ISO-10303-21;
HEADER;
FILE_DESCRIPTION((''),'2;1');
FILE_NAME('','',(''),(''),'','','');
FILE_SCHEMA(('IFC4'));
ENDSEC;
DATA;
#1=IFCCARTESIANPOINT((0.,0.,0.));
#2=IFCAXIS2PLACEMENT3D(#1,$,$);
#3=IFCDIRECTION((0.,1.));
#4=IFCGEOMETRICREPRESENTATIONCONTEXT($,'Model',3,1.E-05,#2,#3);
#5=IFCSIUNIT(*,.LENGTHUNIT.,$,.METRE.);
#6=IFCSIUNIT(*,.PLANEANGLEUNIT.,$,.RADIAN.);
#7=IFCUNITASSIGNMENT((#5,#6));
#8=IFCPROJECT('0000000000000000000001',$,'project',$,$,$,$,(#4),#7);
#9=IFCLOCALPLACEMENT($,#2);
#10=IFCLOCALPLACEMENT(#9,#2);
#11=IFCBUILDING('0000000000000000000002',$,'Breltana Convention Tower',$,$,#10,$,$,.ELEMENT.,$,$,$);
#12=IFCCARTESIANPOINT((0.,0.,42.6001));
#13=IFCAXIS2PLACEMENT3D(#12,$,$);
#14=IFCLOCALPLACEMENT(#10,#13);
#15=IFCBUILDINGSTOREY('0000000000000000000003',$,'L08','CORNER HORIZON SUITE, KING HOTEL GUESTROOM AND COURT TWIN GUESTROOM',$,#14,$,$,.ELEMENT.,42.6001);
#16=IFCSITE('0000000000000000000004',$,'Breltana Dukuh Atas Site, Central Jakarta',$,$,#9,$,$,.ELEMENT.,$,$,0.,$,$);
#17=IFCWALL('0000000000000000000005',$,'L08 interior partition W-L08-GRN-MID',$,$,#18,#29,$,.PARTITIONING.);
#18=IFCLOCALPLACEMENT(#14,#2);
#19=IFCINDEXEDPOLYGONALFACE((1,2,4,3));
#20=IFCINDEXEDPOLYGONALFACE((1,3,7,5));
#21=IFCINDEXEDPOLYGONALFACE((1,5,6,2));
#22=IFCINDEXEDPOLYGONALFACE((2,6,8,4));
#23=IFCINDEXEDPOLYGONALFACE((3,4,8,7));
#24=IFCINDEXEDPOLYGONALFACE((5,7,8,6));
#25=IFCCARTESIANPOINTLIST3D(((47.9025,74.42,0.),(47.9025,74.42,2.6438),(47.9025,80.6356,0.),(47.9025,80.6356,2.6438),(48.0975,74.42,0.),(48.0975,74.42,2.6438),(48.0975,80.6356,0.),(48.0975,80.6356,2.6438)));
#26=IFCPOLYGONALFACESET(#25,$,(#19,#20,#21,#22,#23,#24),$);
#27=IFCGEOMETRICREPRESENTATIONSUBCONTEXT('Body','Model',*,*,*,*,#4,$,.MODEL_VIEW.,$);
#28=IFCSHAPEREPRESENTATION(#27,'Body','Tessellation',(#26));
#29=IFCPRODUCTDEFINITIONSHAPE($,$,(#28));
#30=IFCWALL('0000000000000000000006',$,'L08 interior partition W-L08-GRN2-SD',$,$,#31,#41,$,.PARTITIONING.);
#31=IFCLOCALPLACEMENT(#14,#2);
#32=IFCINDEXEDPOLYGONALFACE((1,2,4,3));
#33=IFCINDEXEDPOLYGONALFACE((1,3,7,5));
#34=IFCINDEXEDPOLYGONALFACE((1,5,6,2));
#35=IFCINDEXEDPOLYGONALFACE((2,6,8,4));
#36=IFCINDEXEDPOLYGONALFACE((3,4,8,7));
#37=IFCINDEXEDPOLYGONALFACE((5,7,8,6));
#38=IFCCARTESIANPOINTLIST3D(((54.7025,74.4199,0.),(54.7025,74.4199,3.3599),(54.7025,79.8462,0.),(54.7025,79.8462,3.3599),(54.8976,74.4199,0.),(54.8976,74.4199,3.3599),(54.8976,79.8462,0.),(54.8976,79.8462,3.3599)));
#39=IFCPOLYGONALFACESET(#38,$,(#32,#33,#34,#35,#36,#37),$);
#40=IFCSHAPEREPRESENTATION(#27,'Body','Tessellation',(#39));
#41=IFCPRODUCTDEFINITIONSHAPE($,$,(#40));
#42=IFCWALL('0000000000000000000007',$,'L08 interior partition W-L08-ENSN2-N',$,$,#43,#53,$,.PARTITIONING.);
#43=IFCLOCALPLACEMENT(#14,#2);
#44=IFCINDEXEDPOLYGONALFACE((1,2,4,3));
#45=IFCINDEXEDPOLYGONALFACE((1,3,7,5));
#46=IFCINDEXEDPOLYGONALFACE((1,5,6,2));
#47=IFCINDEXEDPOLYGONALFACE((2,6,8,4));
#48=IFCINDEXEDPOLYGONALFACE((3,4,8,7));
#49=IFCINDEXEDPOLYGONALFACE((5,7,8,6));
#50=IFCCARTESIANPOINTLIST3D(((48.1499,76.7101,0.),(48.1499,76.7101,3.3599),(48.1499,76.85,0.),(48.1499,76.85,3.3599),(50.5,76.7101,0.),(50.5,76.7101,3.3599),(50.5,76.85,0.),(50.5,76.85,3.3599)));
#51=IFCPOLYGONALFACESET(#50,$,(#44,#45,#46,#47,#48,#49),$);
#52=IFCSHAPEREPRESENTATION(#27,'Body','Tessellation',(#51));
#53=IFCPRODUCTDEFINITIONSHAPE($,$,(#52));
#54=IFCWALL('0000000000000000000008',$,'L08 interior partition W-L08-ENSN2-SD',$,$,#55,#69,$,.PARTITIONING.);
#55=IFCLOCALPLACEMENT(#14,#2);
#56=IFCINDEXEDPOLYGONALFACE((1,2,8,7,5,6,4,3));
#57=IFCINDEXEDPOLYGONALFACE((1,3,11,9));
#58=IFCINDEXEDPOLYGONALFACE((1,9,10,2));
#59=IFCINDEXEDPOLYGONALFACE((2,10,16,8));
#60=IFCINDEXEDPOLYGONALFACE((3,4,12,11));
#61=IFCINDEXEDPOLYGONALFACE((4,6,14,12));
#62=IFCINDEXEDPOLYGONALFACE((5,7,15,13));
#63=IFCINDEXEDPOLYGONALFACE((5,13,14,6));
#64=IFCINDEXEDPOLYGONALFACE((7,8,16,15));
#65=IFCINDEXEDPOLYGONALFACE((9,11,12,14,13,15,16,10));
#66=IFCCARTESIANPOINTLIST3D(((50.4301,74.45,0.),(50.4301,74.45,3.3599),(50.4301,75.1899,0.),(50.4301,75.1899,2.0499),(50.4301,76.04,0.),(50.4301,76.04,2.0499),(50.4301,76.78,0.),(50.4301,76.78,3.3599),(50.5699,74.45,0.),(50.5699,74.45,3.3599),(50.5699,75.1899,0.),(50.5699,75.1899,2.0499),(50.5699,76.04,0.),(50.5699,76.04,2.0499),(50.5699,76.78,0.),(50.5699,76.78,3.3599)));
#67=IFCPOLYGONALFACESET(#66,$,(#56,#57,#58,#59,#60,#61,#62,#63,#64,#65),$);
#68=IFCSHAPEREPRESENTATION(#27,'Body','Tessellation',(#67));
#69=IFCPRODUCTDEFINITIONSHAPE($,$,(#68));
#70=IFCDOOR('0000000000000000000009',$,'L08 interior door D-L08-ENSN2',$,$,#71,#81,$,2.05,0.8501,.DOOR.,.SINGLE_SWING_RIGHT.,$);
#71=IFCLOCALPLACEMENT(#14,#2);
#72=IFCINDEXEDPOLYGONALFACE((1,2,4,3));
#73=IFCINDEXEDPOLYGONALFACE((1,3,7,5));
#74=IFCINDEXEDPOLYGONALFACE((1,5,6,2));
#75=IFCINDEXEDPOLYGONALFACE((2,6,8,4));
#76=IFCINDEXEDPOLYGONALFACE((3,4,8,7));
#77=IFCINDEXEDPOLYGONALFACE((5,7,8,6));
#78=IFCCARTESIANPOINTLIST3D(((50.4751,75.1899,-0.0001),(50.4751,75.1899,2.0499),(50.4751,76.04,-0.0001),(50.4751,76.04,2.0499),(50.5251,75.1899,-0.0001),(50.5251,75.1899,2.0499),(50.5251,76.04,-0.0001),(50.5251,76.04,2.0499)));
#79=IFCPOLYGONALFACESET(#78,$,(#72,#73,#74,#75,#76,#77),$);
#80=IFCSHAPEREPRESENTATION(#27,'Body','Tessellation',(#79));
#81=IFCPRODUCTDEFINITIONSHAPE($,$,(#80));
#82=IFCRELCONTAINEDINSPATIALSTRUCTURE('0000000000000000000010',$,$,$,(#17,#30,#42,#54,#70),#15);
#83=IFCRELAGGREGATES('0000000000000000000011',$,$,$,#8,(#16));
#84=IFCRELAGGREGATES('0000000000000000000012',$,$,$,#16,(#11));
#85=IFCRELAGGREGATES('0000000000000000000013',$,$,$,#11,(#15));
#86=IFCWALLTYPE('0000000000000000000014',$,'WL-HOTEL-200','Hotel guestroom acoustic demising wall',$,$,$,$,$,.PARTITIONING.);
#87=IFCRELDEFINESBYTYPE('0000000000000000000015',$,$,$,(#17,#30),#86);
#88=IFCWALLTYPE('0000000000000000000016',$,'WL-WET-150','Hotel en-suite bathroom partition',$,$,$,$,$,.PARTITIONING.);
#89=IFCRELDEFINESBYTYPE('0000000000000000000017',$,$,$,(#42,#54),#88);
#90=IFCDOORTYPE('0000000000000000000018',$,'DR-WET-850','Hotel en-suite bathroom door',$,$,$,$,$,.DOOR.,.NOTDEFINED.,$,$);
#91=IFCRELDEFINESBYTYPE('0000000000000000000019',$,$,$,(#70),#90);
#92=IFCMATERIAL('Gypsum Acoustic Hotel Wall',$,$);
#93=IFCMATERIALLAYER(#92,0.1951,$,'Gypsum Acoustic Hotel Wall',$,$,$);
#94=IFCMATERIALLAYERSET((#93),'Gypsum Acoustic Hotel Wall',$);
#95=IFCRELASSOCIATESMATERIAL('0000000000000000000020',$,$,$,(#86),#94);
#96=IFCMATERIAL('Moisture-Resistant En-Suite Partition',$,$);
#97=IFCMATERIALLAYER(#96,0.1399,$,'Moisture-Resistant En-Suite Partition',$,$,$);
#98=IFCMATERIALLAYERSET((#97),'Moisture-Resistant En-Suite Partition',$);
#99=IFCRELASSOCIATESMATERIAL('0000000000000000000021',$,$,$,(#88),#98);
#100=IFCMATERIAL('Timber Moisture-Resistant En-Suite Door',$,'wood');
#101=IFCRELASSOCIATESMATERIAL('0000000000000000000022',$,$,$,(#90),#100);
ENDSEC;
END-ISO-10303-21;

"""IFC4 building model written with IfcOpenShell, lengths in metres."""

from ifc_helpers import new_model, si_unit, direction, frame, frame_2d, origin, place, context, subcontext, project, spatial, rectangle, extrude, source, transform, mapped, material, layer, layer_set, type_object, type_shapes, element, fill, save


model = new_model("IFC4")

# Units and contexts
model_context = context("Model", 3, precision=1e-05, world=origin(), true_north=direction((0.0, 1.0)))
body_context = subcontext(model_context, "Body", "Model", "MODEL_VIEW")
ifc_project = project(units=[si_unit("LENGTHUNIT", "METRE"), si_unit("PLANEANGLEUNIT", "RADIAN")], contexts=[model_context])

# Site, building, storey
site_placement = place(None, origin())
site = spatial("IfcSite", under=ifc_project, at=site_placement, Name="Breltana Dukuh Atas Site, Central Jakarta", CompositionType="ELEMENT", RefElevation=0.0)
building_placement = place(site_placement, origin())
building = spatial("IfcBuilding", under=site, at=building_placement, Name="Breltana Convention Tower", CompositionType="ELEMENT")
storey_placement = place(building_placement, frame((0.0, 0.0, 42.6001)))
storey = spatial("IfcBuildingStorey", under=building, at=storey_placement, Name="L08", Description="CORNER HORIZON SUITE, KING HOTEL GUESTROOM AND COURT TWIN GUESTROOM", CompositionType="ELEMENT", Elevation=42.6001)

# Shared definitions
ifc_material_1 = material(Name="Gypsum Acoustic Hotel Wall")
ifc_layer_1 = layer(ifc_material_1, 0.1951, Name="Gypsum Acoustic Hotel Wall")
ifc_layer_set_1 = layer_set([ifc_layer_1], Name="Gypsum Acoustic Hotel Wall")
wall_type_1 = type_object("IfcWallType", Name="WL-HOTEL-200", Description="Hotel guestroom acoustic demising wall", PredefinedType="PARTITIONING", material=ifc_layer_set_1)

# Walls
shared_shape_1 = source(origin(), body_context, "Body", "SweptSolid", [
    extrude(rectangle(XDim=6.2156, YDim=0.1951, at=frame_2d((3.1079, 0.0))), origin(), (0.0, 0.0, 1.0), 2.6438),
])
wall_1_placement = place(storey_placement, frame((48.0, 74.4199, 0.0), z_axis=(0.0, 0.0, 1.0), x_axis=(0.0, 1.0, 0.0)))
element("IfcWall", 1, at=wall_1_placement, inside=storey, type_object=wall_type_1, Name="L08 interior partition W-L08-GRN-MID", PredefinedType="PARTITIONING", context=body_context, shape_type="MappedRepresentation", body=[
    mapped(shared_shape_1, transform((0.0, 0.0, 0.0), scale=1.0)),
])
shared_shape_2 = source(origin(), body_context, "Body", "SweptSolid", [
    extrude(rectangle(XDim=5.4263, YDim=0.1951, at=frame_2d((2.7131, 0.0))), origin(), (0.0, 0.0, 1.0), 3.3599),
])
wall_2_placement = place(storey_placement, frame((54.8, 74.4199, 0.0), z_axis=(0.0, 0.0, 1.0), x_axis=(0.0, 1.0, 0.0)))
element("IfcWall", 2, at=wall_2_placement, inside=storey, type_object=wall_type_1, Name="L08 interior partition W-L08-GRN2-SD", PredefinedType="PARTITIONING", context=body_context, shape_type="MappedRepresentation", body=[
    mapped(shared_shape_2, transform((0.0, 0.0, 0.0), scale=1.0)),
])
ifc_material_2 = material(Name="Moisture-Resistant En-Suite Partition")
ifc_layer_2 = layer(ifc_material_2, 0.1399, Name="Moisture-Resistant En-Suite Partition")
ifc_layer_set_2 = layer_set([ifc_layer_2], Name="Moisture-Resistant En-Suite Partition")
wall_type_2 = type_object("IfcWallType", Name="WL-WET-150", Description="Hotel en-suite bathroom partition", PredefinedType="PARTITIONING", material=ifc_layer_set_2)
shared_shape_3 = source(origin(), body_context, "Body", "SweptSolid", [
    extrude(rectangle(XDim=2.3501, YDim=0.1399, at=frame_2d((1.175, 0.0))), origin(), (0.0, 0.0, 1.0), 3.3599),
])
wall_3_placement = place(storey_placement, frame((48.1499, 76.78, 0.0), z_axis=(0.0, 0.0, 1.0), x_axis=(1.0, 0.0, 0.0)))
element("IfcWall", 3, at=wall_3_placement, inside=storey, type_object=wall_type_2, Name="L08 interior partition W-L08-ENSN2-N", PredefinedType="PARTITIONING", context=body_context, shape_type="MappedRepresentation", body=[
    mapped(shared_shape_3, transform((0.0, 0.0, 0.0), scale=1.0)),
])

# Wall, opening, door
shared_shape_4 = source(origin(), body_context, "Body", "SweptSolid", [
    extrude(rectangle(XDim=2.3301, YDim=0.1399, at=frame_2d((1.165, 0.0))), origin(), (0.0, 0.0, 1.0), 3.3599),
])
wall_4_placement = place(storey_placement, frame((50.5, 74.45, 0.0), z_axis=(0.0, 0.0, 1.0), x_axis=(0.0, 1.0, 0.0)))
wall_4 = element("IfcWall", 4, at=wall_4_placement, inside=storey, type_object=wall_type_2, Name="L08 interior partition W-L08-ENSN2-SD", PredefinedType="PARTITIONING", context=body_context, shape_type="MappedRepresentation", body=[
    mapped(shared_shape_4, transform((0.0, 0.0, 0.0), scale=1.0)),
])
opening_1_placement = place(wall_4_placement, frame((0.74, 0.0, 0.0)))
opening_1 = element("IfcOpeningElement", 5, at=opening_1_placement, cuts=wall_4, PredefinedType="OPENING", context=body_context, shape_type="SweptSolid", body=[
    extrude(rectangle(XDim=0.8501, YDim=2.05, at=frame_2d((0.425, 1.0249))), frame((0.0, 0.0801, 0.0), z_axis=(0.0, -1.0, 0.0), x_axis=(1.0, 0.0, 0.0)), (0.0, 0.0, 1.0), 0.1599),
])
ifc_material_3 = material(Name="Timber Moisture-Resistant En-Suite Door", Category="wood")
door_type_1 = type_object("IfcDoorType", Name="DR-WET-850", Description="Hotel en-suite bathroom door", OperationType="NOTDEFINED", PredefinedType="DOOR", material=ifc_material_3)
shared_shape_5 = source(origin(), body_context, "Body", "SweptSolid", [
    extrude(rectangle(XDim=0.8501, YDim=2.05, at=frame_2d((0.425, 1.0249))), frame((0.0, 0.0249, 0.0), z_axis=(0.0, -1.0, 0.0), x_axis=(1.0, 0.0, 0.0)), (0.0, 0.0, 1.0), 0.05),
])
type_shapes(door_type_1, [shared_shape_5])
door_1_placement = place(opening_1_placement, origin())
door_1 = element("IfcDoor", 6, at=door_1_placement, inside=storey, type_object=door_type_1, Name="L08 interior door D-L08-ENSN2", OperationType="SINGLE_SWING_RIGHT", OverallHeight=2.05, OverallWidth=0.8501, PredefinedType="DOOR", context=body_context, shape_type="MappedRepresentation", body=[
    mapped(shared_shape_5, transform((0.0, 0.0, 0.0), scale=1.0)),
])
fill(opening_1, door_1)

save(model, "model.ifc")
